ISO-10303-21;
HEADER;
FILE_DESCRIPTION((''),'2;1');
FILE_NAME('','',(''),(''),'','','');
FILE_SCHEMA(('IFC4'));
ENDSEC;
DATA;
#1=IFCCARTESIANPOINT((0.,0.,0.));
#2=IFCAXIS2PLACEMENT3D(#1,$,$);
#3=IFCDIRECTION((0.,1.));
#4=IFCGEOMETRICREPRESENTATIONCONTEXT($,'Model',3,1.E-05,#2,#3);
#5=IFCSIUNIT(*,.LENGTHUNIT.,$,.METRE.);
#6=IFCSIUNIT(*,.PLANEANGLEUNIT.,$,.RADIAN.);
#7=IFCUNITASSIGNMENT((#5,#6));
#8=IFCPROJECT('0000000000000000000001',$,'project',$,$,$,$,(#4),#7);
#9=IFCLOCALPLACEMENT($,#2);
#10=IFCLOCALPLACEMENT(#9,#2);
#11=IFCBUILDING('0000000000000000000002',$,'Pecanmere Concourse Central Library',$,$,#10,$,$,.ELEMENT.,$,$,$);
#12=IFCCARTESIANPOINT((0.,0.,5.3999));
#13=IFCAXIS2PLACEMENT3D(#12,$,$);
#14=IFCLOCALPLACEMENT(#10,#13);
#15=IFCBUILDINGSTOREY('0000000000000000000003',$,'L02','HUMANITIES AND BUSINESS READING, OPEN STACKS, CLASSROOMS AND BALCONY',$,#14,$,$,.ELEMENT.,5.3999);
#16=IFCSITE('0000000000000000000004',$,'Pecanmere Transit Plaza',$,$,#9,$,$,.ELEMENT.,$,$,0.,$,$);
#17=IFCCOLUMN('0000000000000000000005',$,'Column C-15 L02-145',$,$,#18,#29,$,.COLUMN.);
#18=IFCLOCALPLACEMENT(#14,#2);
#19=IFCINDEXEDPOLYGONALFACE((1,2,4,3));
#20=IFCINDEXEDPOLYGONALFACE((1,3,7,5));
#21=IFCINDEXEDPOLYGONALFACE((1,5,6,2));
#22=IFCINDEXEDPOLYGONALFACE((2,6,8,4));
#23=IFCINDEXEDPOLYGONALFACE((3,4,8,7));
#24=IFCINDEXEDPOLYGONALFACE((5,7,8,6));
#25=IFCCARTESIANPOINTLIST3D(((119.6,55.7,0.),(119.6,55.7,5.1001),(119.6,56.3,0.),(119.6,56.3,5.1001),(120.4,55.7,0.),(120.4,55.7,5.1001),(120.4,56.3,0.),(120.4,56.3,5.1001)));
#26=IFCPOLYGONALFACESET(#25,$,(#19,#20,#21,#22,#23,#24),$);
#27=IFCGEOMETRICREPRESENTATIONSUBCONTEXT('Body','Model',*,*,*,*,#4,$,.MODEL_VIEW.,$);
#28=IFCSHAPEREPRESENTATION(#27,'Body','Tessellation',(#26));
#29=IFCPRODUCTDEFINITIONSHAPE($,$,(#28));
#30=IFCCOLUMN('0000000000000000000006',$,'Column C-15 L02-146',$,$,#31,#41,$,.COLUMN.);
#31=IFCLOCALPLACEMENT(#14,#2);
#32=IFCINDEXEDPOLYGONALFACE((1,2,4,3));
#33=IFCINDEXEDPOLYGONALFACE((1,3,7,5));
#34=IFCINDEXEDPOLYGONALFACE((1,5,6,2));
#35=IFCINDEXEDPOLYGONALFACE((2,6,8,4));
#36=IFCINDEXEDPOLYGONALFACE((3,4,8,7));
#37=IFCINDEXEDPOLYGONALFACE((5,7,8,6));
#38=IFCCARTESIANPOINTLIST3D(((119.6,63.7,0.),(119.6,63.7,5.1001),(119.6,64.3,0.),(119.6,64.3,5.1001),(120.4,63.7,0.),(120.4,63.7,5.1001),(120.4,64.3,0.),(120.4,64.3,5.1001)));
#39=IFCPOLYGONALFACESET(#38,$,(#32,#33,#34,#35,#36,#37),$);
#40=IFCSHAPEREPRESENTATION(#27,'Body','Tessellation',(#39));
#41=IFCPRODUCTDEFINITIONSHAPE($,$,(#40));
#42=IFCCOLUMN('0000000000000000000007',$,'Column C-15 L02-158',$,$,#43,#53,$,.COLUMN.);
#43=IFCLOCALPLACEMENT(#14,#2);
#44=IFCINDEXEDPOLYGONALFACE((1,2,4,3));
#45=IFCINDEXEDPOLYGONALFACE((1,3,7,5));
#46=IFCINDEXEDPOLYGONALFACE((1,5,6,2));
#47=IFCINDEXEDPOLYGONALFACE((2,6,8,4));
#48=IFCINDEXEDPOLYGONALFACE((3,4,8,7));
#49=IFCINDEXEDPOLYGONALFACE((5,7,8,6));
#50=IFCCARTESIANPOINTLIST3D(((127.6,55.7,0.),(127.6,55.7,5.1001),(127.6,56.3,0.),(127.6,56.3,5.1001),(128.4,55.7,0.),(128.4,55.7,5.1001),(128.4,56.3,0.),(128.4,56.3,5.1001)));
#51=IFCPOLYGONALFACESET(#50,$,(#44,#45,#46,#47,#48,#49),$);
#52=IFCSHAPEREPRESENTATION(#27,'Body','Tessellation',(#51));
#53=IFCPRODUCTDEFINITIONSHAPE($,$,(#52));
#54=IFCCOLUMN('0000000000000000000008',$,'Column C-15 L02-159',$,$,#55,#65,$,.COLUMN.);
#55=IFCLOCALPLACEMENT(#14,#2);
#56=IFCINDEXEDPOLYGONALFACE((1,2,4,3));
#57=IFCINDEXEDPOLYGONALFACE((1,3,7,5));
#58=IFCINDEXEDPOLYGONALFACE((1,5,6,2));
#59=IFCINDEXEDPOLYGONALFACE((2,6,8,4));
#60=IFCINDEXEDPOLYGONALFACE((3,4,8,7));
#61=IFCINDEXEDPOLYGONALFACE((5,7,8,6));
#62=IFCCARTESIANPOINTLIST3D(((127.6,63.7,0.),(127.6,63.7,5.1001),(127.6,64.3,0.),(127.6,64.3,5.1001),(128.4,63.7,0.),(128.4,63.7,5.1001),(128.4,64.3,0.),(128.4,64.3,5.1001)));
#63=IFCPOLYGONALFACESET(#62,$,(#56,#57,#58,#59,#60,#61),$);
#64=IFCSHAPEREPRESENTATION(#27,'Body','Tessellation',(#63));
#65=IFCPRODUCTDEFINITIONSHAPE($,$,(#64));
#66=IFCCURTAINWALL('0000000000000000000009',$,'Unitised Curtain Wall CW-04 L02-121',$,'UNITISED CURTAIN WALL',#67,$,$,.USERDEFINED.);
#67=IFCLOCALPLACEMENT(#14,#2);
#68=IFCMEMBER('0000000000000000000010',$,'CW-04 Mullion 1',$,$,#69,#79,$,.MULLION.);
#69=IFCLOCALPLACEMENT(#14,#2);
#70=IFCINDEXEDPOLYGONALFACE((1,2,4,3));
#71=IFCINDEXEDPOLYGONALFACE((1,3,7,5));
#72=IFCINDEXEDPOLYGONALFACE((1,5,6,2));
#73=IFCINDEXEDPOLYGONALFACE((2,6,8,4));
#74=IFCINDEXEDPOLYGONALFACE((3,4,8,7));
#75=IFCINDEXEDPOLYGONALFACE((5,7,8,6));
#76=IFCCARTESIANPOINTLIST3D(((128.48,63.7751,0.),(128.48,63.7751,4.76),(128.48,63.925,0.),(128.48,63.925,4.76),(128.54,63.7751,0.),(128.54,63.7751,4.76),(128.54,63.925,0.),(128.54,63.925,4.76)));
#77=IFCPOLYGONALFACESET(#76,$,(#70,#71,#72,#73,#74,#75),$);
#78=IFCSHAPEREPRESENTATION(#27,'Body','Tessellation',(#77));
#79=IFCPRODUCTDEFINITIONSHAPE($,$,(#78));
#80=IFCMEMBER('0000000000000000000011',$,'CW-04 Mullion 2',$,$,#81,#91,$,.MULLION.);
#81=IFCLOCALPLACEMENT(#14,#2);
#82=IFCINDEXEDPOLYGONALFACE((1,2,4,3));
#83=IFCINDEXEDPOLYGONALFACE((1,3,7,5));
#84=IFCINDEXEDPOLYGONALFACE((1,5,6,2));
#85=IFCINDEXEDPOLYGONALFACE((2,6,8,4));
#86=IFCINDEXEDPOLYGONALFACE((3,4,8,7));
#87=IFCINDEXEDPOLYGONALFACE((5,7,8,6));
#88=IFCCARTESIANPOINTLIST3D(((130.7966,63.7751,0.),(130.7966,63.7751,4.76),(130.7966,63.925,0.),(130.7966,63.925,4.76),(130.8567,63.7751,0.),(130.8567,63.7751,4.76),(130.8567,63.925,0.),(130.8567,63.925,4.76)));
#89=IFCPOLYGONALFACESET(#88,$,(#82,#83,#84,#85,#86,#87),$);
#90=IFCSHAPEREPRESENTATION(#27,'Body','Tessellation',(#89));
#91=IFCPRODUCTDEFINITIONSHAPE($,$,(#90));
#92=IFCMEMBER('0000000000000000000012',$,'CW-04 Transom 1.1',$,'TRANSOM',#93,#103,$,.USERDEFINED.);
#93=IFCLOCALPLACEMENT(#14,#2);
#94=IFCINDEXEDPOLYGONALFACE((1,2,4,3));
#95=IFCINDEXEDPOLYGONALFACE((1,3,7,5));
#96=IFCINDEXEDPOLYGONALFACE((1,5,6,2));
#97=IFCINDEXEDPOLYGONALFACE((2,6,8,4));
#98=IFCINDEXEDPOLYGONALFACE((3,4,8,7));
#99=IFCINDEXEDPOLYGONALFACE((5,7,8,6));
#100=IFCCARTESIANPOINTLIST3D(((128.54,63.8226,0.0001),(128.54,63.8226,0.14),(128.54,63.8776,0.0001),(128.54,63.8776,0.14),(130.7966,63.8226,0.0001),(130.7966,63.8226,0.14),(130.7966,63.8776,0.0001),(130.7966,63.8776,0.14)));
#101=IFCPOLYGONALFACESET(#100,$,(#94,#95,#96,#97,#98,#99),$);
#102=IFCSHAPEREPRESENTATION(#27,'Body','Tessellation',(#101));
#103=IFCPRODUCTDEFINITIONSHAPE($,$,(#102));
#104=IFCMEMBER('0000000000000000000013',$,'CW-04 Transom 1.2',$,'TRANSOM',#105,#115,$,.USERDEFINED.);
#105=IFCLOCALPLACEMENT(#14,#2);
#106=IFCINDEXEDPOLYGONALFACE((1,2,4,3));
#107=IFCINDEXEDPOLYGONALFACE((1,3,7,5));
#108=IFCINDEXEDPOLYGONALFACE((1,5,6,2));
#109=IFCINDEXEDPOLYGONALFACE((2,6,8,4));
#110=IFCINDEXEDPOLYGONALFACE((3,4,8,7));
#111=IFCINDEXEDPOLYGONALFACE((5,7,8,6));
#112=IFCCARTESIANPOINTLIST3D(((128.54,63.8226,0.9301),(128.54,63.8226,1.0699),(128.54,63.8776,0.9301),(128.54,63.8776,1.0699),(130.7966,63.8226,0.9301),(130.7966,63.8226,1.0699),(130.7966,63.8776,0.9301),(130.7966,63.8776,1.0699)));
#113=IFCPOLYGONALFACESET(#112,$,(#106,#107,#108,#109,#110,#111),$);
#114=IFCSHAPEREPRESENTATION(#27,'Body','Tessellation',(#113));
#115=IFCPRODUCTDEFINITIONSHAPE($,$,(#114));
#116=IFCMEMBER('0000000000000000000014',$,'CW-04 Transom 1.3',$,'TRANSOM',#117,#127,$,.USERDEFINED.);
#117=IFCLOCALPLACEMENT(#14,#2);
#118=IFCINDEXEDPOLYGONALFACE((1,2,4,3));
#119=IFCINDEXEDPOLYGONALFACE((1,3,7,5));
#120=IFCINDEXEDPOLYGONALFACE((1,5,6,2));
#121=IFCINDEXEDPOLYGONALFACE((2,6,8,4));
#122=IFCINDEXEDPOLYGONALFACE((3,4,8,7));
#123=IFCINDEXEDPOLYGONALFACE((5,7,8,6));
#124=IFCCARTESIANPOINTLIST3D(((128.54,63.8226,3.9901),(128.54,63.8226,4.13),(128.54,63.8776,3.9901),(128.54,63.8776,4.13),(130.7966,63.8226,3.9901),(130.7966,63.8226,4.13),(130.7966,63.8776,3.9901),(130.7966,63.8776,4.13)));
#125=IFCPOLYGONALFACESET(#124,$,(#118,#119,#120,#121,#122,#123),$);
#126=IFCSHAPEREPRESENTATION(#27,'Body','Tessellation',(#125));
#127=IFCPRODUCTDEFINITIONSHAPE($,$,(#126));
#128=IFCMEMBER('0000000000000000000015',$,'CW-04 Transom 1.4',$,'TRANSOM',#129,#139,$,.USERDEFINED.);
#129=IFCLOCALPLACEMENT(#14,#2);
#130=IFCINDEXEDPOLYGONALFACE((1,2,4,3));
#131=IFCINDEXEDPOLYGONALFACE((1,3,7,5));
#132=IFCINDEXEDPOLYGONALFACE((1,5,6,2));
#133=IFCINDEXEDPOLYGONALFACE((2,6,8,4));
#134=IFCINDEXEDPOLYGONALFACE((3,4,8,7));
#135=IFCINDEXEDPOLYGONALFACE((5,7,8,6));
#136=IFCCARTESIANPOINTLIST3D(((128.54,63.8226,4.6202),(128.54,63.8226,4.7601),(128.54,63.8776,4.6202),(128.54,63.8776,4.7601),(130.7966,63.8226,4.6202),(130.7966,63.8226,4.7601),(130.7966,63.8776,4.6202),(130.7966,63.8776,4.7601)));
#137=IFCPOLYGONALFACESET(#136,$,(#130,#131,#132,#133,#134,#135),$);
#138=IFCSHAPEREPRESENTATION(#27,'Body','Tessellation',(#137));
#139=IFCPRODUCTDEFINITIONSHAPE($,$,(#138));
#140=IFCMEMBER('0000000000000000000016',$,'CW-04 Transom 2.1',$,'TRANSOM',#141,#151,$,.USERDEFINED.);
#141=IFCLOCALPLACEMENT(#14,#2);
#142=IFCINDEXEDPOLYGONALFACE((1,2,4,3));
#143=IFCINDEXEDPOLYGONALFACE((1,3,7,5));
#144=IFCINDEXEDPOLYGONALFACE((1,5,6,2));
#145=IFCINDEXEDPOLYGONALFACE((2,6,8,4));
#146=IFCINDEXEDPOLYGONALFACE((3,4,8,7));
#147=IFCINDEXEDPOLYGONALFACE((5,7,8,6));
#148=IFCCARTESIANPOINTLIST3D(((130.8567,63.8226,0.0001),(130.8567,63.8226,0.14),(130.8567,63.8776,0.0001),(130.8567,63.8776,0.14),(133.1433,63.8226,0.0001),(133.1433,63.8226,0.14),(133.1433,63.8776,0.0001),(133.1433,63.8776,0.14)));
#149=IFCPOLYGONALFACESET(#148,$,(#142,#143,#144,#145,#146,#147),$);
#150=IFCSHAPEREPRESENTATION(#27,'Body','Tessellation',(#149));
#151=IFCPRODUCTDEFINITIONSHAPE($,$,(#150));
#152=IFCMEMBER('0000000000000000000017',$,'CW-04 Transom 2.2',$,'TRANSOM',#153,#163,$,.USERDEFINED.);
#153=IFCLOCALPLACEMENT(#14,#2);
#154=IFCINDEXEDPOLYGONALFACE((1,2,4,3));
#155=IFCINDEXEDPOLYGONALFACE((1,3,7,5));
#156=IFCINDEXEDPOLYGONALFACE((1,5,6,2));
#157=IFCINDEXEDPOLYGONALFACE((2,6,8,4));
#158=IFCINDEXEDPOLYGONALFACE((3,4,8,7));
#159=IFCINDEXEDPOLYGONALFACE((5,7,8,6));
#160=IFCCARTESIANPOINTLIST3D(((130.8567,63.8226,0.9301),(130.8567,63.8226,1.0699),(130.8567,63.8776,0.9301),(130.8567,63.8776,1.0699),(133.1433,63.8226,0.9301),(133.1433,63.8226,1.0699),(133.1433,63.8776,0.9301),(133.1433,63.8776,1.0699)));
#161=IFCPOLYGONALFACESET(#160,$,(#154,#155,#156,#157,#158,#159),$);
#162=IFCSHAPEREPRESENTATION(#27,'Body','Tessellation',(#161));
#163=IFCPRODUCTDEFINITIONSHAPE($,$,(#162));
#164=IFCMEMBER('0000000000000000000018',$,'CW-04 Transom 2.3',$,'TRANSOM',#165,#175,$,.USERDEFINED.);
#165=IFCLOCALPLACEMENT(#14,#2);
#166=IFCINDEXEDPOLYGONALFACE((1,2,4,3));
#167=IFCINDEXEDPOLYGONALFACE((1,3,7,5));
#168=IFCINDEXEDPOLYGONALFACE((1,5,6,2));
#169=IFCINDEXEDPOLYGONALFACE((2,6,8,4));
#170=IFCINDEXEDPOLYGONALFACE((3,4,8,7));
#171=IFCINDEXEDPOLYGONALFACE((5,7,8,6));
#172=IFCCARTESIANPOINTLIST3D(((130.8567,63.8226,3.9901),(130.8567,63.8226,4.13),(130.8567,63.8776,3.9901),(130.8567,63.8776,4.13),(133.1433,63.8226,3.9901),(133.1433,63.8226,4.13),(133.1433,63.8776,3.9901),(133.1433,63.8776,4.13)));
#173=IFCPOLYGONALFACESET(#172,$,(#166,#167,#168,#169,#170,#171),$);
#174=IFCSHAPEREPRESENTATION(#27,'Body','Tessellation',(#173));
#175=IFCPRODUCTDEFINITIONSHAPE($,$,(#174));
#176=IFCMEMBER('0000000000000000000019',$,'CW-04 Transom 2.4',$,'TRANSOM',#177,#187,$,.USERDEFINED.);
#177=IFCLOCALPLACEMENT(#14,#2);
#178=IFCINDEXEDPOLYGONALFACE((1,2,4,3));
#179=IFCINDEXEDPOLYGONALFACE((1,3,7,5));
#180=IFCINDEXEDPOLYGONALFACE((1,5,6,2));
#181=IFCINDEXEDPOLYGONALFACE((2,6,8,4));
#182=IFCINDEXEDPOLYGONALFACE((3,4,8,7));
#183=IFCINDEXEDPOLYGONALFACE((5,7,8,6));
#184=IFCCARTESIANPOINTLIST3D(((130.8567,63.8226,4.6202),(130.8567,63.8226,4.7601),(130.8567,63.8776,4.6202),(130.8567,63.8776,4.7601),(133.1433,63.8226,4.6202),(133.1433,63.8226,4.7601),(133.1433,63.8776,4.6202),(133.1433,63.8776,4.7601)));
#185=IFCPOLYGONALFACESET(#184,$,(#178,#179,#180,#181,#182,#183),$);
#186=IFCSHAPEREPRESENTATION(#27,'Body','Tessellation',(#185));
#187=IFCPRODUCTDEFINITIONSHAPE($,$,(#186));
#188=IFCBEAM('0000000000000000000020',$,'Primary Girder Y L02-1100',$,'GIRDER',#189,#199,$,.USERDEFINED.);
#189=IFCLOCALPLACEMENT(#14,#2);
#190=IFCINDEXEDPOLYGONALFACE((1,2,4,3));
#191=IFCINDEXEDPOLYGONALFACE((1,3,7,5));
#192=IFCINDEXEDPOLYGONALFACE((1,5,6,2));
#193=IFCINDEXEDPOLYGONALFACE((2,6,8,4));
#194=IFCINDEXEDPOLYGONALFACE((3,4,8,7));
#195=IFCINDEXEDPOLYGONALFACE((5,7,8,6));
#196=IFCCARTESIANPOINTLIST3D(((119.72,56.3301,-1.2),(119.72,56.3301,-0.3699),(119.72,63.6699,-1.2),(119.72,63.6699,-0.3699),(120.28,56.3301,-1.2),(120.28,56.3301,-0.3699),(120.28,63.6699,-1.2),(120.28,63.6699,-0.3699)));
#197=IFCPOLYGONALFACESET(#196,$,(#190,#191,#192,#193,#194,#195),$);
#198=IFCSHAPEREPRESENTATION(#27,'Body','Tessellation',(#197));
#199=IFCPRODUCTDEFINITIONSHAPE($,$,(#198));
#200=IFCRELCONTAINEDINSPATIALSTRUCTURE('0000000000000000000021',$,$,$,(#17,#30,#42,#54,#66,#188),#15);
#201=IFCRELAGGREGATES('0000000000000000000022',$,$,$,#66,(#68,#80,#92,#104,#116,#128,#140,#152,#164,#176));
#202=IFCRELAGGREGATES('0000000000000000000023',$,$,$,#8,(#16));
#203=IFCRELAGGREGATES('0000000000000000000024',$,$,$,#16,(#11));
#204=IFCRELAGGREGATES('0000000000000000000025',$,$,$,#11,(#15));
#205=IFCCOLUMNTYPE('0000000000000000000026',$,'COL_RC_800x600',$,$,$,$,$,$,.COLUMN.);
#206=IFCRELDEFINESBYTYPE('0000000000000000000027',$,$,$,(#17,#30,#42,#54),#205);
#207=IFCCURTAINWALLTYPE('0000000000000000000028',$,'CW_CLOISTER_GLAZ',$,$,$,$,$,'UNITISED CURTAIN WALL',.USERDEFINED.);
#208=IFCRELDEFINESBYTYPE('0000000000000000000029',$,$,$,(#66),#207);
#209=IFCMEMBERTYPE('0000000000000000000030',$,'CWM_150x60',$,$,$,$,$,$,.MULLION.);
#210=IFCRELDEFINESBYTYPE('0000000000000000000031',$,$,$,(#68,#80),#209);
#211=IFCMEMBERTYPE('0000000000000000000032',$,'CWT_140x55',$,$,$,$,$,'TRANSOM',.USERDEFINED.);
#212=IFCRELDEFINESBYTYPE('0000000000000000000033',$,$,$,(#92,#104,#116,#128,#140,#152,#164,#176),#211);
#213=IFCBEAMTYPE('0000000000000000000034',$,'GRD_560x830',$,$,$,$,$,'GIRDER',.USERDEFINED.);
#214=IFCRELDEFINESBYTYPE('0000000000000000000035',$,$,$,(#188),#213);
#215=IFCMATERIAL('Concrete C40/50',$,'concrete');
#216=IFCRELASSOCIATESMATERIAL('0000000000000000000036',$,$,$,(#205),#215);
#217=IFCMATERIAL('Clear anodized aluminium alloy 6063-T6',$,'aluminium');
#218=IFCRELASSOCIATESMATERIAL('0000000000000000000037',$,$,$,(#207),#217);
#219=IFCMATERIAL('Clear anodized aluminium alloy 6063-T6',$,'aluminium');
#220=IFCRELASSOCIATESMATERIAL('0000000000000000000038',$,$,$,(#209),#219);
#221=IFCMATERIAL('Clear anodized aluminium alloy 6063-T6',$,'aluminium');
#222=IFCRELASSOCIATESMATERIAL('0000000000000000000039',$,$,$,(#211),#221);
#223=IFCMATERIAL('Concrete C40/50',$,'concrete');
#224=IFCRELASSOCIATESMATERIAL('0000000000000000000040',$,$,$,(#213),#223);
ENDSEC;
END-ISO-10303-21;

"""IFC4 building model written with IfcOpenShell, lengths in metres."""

from ifc_helpers import new_model, si_unit, direction, frame, origin, origin_2d, place, context, subcontext, project, spatial, rectangle, extrude, material, material_profile, profile_set, type_object, element, aggregate, save


model = new_model("IFC4")

# Units and contexts
model_context = context("Model", 3, precision=1e-05, world=origin(), true_north=direction((0.0, 1.0)))
body_context = subcontext(model_context, "Body", "Model", "MODEL_VIEW")
ifc_project = project(units=[si_unit("LENGTHUNIT", "METRE"), si_unit("PLANEANGLEUNIT", "RADIAN")], contexts=[model_context])

# Site, building, storey
site_placement = place(None, origin())
site = spatial("IfcSite", under=ifc_project, at=site_placement, Name="Pecanmere Transit Plaza", CompositionType="ELEMENT", RefElevation=0.0)
building_placement = place(site_placement, origin())
building = spatial("IfcBuilding", under=site, at=building_placement, Name="Pecanmere Concourse Central Library", CompositionType="ELEMENT")
storey_placement = place(building_placement, frame((0.0, 0.0, 5.3999)))
storey = spatial("IfcBuildingStorey", under=building, at=storey_placement, Name="L02", Description="HUMANITIES AND BUSINESS READING, OPEN STACKS, CLASSROOMS AND BALCONY", CompositionType="ELEMENT", Elevation=5.3999)

# Columns
ifc_material_1 = material(Name="Concrete C40/50", Category="concrete")
ifc_material_profile_1 = material_profile(ifc_material_1, rectangle(XDim=0.8, YDim=0.6001, at=origin_2d()), Name="RC 800x600")
ifc_profile_set_1 = profile_set([ifc_material_profile_1], Name="Concrete C40/50")
column_type = type_object("IfcColumnType", Name="COL_RC_800x600", PredefinedType="COLUMN", material=ifc_profile_set_1)
for number, where, z_axis, x_axis, name in (
    (1, (120.0, 56.0, 0.0), (0.0, 0.0, 1.0), (1.0, 0.0, 0.0), "Column C-15 L02-145"),
    (2, (120.0, 64.0, 0.0), (0.0, 0.0, 1.0), (1.0, 0.0, 0.0), "Column C-15 L02-146"),
    (3, (128.0, 56.0, 0.0), (0.0, 0.0, 1.0), (1.0, 0.0, 0.0), "Column C-15 L02-158"),
    (4, (128.0, 64.0, 0.0), (0.0, 0.0, 1.0), (1.0, 0.0, 0.0), "Column C-15 L02-159"),
):
    element("IfcColumn", number, at=place(storey_placement, frame(where, z_axis=z_axis, x_axis=x_axis)), inside=storey, type_object=column_type, Name=name, PredefinedType="COLUMN", context=body_context, shape_type="SweptSolid", body=[
        extrude(rectangle(XDim=0.8, YDim=0.6001, at=origin_2d()), origin(), (0.0, 0.0, 1.0), 5.1001),
    ])

# Curtain wall, members
ifc_material_2 = material(Name="Clear anodized aluminium alloy 6063-T6", Category="aluminium")
curtain_wall_type = type_object("IfcCurtainWallType", Name="CW_CLOISTER_GLAZ", ElementType="UNITISED CURTAIN WALL", PredefinedType="USERDEFINED", material=ifc_material_2)
curtain_wall_placement = place(storey_placement, origin())
curtain_wall = element("IfcCurtainWall", 5, at=curtain_wall_placement, inside=storey, type_object=curtain_wall_type, Name="Unitised Curtain Wall CW-04 L02-121", ObjectType="UNITISED CURTAIN WALL", PredefinedType="USERDEFINED")
ifc_material_3 = material(Name="Clear anodized aluminium alloy 6063-T6", Category="aluminium")
ifc_material_profile_2 = material_profile(ifc_material_3, rectangle(XDim=0.0601, YDim=0.1499, at=origin_2d()), Name="AL 60x150")
ifc_profile_set_2 = profile_set([ifc_material_profile_2], Name="Clear anodized aluminium alloy 6063-T6")
member_type_1 = type_object("IfcMemberType", Name="CWM_150x60", PredefinedType="MULLION", material=ifc_profile_set_2)
member_1_placement = place(storey_placement, frame((128.51, 63.8501, 0.0), z_axis=(0.0, 0.0, 1.0), x_axis=(1.0, 0.0, 0.0)))
member_1 = element("IfcMember", 6, at=member_1_placement, type_object=member_type_1, Name="CW-04 Mullion 1", PredefinedType="MULLION", context=body_context, shape_type="SweptSolid", body=[
    extrude(rectangle(XDim=0.0601, YDim=0.1499, at=origin_2d()), origin(), (0.0, 0.0, 1.0), 4.76),
])
member_2_placement = place(storey_placement, frame((130.8267, 63.8501, 0.0), z_axis=(0.0, 0.0, 1.0), x_axis=(1.0, 0.0, 0.0)))
member_2 = element("IfcMember", 7, at=member_2_placement, type_object=member_type_1, Name="CW-04 Mullion 2", PredefinedType="MULLION", context=body_context, shape_type="SweptSolid", body=[
    extrude(rectangle(XDim=0.0601, YDim=0.1499, at=origin_2d()), origin(), (0.0, 0.0, 1.0), 4.76),
])
ifc_material_4 = material(Name="Clear anodized aluminium alloy 6063-T6", Category="aluminium")
ifc_material_profile_3 = material_profile(ifc_material_4, rectangle(XDim=0.0549, YDim=0.1399, at=origin_2d()), Name="AL 55x140")
ifc_profile_set_3 = profile_set([ifc_material_profile_3], Name="Clear anodized aluminium alloy 6063-T6")
member_type_2 = type_object("IfcMemberType", Name="CWT_140x55", ElementType="TRANSOM", PredefinedType="USERDEFINED", material=ifc_profile_set_3)
member_3_placement = place(storey_placement, frame((128.54, 63.8501, 0.0701), z_axis=(1.0, 0.0, 0.0), x_axis=(0.0, 1.0, 0.0)))
member_3 = element("IfcMember", 8, at=member_3_placement, type_object=member_type_2, Name="CW-04 Transom 1.1", ObjectType="TRANSOM", PredefinedType="USERDEFINED", context=body_context, shape_type="SweptSolid", body=[
    extrude(rectangle(XDim=0.0549, YDim=0.1399, at=origin_2d()), origin(), (0.0, 0.0, 1.0), 2.2566),
])
member_4_placement = place(storey_placement, frame((128.54, 63.8501, 1.0), z_axis=(1.0, 0.0, 0.0), x_axis=(0.0, 1.0, 0.0)))
member_4 = element("IfcMember", 9, at=member_4_placement, type_object=member_type_2, Name="CW-04 Transom 1.2", ObjectType="TRANSOM", PredefinedType="USERDEFINED", context=body_context, shape_type="SweptSolid", body=[
    extrude(rectangle(XDim=0.0549, YDim=0.1399, at=origin_2d()), origin(), (0.0, 0.0, 1.0), 2.2566),
])
member_5_placement = place(storey_placement, frame((128.54, 63.8501, 4.0601), z_axis=(1.0, 0.0, 0.0), x_axis=(0.0, 1.0, 0.0)))
member_5 = element("IfcMember", 10, at=member_5_placement, type_object=member_type_2, Name="CW-04 Transom 1.3", ObjectType="TRANSOM", PredefinedType="USERDEFINED", context=body_context, shape_type="SweptSolid", body=[
    extrude(rectangle(XDim=0.0549, YDim=0.1399, at=origin_2d()), origin(), (0.0, 0.0, 1.0), 2.2566),
])
member_6_placement = place(storey_placement, frame((128.54, 63.8501, 4.6902), z_axis=(1.0, 0.0, 0.0), x_axis=(0.0, 1.0, 0.0)))
member_6 = element("IfcMember", 11, at=member_6_placement, type_object=member_type_2, Name="CW-04 Transom 1.4", ObjectType="TRANSOM", PredefinedType="USERDEFINED", context=body_context, shape_type="SweptSolid", body=[
    extrude(rectangle(XDim=0.0549, YDim=0.1399, at=origin_2d()), origin(), (0.0, 0.0, 1.0), 2.2566),
])
member_7_placement = place(storey_placement, frame((130.8567, 63.8501, 0.0701), z_axis=(1.0, 0.0, 0.0), x_axis=(0.0, 1.0, 0.0)))
member_7 = element("IfcMember", 12, at=member_7_placement, type_object=member_type_2, Name="CW-04 Transom 2.1", ObjectType="TRANSOM", PredefinedType="USERDEFINED", context=body_context, shape_type="SweptSolid", body=[
    extrude(rectangle(XDim=0.0549, YDim=0.1399, at=origin_2d()), origin(), (0.0, 0.0, 1.0), 2.2866),
])
member_8_placement = place(storey_placement, frame((130.8567, 63.8501, 1.0), z_axis=(1.0, 0.0, 0.0), x_axis=(0.0, 1.0, 0.0)))
member_8 = element("IfcMember", 13, at=member_8_placement, type_object=member_type_2, Name="CW-04 Transom 2.2", ObjectType="TRANSOM", PredefinedType="USERDEFINED", context=body_context, shape_type="SweptSolid", body=[
    extrude(rectangle(XDim=0.0549, YDim=0.1399, at=origin_2d()), origin(), (0.0, 0.0, 1.0), 2.2866),
])
member_9_placement = place(storey_placement, frame((130.8567, 63.8501, 4.0601), z_axis=(1.0, 0.0, 0.0), x_axis=(0.0, 1.0, 0.0)))
member_9 = element("IfcMember", 14, at=member_9_placement, type_object=member_type_2, Name="CW-04 Transom 2.3", ObjectType="TRANSOM", PredefinedType="USERDEFINED", context=body_context, shape_type="SweptSolid", body=[
    extrude(rectangle(XDim=0.0549, YDim=0.1399, at=origin_2d()), origin(), (0.0, 0.0, 1.0), 2.2866),
])
member_10_placement = place(storey_placement, frame((130.8567, 63.8501, 4.6902), z_axis=(1.0, 0.0, 0.0), x_axis=(0.0, 1.0, 0.0)))
member_10 = element("IfcMember", 15, at=member_10_placement, type_object=member_type_2, Name="CW-04 Transom 2.4", ObjectType="TRANSOM", PredefinedType="USERDEFINED", context=body_context, shape_type="SweptSolid", body=[
    extrude(rectangle(XDim=0.0549, YDim=0.1399, at=origin_2d()), origin(), (0.0, 0.0, 1.0), 2.2866),
])

# Beam
ifc_material_5 = material(Name="Concrete C40/50", Category="concrete")
ifc_material_profile_4 = material_profile(ifc_material_5, rectangle(XDim=0.5601, YDim=0.8301, at=origin_2d()), Name="RC 560x830")
ifc_profile_set_4 = profile_set([ifc_material_profile_4], Name="Concrete C40/50")
beam_type_1 = type_object("IfcBeamType", Name="GRD_560x830", ElementType="GIRDER", PredefinedType="USERDEFINED", material=ifc_profile_set_4)
for number, where, z_axis, x_axis, name in (
    (16, (120.0, 56.3301, -0.7849), (0.0, 1.0, 0.0), (-1.0, 0.0, 0.0), "Primary Girder Y L02-1100"),
):
    element("IfcBeam", number, at=place(storey_placement, frame(where, z_axis=z_axis, x_axis=x_axis)), inside=storey, type_object=beam_type_1, Name=name, ObjectType="GIRDER", PredefinedType="USERDEFINED", context=body_context, shape_type="SweptSolid", body=[
        extrude(rectangle(XDim=0.5601, YDim=0.8301, at=origin_2d()), origin(), (0.0, 0.0, 1.0), 7.3398),
    ])

aggregate(curtain_wall, [member_1, member_2, member_3, member_4, member_5, member_6, member_7, member_8, member_9, member_10])

save(model, "model.ifc")
